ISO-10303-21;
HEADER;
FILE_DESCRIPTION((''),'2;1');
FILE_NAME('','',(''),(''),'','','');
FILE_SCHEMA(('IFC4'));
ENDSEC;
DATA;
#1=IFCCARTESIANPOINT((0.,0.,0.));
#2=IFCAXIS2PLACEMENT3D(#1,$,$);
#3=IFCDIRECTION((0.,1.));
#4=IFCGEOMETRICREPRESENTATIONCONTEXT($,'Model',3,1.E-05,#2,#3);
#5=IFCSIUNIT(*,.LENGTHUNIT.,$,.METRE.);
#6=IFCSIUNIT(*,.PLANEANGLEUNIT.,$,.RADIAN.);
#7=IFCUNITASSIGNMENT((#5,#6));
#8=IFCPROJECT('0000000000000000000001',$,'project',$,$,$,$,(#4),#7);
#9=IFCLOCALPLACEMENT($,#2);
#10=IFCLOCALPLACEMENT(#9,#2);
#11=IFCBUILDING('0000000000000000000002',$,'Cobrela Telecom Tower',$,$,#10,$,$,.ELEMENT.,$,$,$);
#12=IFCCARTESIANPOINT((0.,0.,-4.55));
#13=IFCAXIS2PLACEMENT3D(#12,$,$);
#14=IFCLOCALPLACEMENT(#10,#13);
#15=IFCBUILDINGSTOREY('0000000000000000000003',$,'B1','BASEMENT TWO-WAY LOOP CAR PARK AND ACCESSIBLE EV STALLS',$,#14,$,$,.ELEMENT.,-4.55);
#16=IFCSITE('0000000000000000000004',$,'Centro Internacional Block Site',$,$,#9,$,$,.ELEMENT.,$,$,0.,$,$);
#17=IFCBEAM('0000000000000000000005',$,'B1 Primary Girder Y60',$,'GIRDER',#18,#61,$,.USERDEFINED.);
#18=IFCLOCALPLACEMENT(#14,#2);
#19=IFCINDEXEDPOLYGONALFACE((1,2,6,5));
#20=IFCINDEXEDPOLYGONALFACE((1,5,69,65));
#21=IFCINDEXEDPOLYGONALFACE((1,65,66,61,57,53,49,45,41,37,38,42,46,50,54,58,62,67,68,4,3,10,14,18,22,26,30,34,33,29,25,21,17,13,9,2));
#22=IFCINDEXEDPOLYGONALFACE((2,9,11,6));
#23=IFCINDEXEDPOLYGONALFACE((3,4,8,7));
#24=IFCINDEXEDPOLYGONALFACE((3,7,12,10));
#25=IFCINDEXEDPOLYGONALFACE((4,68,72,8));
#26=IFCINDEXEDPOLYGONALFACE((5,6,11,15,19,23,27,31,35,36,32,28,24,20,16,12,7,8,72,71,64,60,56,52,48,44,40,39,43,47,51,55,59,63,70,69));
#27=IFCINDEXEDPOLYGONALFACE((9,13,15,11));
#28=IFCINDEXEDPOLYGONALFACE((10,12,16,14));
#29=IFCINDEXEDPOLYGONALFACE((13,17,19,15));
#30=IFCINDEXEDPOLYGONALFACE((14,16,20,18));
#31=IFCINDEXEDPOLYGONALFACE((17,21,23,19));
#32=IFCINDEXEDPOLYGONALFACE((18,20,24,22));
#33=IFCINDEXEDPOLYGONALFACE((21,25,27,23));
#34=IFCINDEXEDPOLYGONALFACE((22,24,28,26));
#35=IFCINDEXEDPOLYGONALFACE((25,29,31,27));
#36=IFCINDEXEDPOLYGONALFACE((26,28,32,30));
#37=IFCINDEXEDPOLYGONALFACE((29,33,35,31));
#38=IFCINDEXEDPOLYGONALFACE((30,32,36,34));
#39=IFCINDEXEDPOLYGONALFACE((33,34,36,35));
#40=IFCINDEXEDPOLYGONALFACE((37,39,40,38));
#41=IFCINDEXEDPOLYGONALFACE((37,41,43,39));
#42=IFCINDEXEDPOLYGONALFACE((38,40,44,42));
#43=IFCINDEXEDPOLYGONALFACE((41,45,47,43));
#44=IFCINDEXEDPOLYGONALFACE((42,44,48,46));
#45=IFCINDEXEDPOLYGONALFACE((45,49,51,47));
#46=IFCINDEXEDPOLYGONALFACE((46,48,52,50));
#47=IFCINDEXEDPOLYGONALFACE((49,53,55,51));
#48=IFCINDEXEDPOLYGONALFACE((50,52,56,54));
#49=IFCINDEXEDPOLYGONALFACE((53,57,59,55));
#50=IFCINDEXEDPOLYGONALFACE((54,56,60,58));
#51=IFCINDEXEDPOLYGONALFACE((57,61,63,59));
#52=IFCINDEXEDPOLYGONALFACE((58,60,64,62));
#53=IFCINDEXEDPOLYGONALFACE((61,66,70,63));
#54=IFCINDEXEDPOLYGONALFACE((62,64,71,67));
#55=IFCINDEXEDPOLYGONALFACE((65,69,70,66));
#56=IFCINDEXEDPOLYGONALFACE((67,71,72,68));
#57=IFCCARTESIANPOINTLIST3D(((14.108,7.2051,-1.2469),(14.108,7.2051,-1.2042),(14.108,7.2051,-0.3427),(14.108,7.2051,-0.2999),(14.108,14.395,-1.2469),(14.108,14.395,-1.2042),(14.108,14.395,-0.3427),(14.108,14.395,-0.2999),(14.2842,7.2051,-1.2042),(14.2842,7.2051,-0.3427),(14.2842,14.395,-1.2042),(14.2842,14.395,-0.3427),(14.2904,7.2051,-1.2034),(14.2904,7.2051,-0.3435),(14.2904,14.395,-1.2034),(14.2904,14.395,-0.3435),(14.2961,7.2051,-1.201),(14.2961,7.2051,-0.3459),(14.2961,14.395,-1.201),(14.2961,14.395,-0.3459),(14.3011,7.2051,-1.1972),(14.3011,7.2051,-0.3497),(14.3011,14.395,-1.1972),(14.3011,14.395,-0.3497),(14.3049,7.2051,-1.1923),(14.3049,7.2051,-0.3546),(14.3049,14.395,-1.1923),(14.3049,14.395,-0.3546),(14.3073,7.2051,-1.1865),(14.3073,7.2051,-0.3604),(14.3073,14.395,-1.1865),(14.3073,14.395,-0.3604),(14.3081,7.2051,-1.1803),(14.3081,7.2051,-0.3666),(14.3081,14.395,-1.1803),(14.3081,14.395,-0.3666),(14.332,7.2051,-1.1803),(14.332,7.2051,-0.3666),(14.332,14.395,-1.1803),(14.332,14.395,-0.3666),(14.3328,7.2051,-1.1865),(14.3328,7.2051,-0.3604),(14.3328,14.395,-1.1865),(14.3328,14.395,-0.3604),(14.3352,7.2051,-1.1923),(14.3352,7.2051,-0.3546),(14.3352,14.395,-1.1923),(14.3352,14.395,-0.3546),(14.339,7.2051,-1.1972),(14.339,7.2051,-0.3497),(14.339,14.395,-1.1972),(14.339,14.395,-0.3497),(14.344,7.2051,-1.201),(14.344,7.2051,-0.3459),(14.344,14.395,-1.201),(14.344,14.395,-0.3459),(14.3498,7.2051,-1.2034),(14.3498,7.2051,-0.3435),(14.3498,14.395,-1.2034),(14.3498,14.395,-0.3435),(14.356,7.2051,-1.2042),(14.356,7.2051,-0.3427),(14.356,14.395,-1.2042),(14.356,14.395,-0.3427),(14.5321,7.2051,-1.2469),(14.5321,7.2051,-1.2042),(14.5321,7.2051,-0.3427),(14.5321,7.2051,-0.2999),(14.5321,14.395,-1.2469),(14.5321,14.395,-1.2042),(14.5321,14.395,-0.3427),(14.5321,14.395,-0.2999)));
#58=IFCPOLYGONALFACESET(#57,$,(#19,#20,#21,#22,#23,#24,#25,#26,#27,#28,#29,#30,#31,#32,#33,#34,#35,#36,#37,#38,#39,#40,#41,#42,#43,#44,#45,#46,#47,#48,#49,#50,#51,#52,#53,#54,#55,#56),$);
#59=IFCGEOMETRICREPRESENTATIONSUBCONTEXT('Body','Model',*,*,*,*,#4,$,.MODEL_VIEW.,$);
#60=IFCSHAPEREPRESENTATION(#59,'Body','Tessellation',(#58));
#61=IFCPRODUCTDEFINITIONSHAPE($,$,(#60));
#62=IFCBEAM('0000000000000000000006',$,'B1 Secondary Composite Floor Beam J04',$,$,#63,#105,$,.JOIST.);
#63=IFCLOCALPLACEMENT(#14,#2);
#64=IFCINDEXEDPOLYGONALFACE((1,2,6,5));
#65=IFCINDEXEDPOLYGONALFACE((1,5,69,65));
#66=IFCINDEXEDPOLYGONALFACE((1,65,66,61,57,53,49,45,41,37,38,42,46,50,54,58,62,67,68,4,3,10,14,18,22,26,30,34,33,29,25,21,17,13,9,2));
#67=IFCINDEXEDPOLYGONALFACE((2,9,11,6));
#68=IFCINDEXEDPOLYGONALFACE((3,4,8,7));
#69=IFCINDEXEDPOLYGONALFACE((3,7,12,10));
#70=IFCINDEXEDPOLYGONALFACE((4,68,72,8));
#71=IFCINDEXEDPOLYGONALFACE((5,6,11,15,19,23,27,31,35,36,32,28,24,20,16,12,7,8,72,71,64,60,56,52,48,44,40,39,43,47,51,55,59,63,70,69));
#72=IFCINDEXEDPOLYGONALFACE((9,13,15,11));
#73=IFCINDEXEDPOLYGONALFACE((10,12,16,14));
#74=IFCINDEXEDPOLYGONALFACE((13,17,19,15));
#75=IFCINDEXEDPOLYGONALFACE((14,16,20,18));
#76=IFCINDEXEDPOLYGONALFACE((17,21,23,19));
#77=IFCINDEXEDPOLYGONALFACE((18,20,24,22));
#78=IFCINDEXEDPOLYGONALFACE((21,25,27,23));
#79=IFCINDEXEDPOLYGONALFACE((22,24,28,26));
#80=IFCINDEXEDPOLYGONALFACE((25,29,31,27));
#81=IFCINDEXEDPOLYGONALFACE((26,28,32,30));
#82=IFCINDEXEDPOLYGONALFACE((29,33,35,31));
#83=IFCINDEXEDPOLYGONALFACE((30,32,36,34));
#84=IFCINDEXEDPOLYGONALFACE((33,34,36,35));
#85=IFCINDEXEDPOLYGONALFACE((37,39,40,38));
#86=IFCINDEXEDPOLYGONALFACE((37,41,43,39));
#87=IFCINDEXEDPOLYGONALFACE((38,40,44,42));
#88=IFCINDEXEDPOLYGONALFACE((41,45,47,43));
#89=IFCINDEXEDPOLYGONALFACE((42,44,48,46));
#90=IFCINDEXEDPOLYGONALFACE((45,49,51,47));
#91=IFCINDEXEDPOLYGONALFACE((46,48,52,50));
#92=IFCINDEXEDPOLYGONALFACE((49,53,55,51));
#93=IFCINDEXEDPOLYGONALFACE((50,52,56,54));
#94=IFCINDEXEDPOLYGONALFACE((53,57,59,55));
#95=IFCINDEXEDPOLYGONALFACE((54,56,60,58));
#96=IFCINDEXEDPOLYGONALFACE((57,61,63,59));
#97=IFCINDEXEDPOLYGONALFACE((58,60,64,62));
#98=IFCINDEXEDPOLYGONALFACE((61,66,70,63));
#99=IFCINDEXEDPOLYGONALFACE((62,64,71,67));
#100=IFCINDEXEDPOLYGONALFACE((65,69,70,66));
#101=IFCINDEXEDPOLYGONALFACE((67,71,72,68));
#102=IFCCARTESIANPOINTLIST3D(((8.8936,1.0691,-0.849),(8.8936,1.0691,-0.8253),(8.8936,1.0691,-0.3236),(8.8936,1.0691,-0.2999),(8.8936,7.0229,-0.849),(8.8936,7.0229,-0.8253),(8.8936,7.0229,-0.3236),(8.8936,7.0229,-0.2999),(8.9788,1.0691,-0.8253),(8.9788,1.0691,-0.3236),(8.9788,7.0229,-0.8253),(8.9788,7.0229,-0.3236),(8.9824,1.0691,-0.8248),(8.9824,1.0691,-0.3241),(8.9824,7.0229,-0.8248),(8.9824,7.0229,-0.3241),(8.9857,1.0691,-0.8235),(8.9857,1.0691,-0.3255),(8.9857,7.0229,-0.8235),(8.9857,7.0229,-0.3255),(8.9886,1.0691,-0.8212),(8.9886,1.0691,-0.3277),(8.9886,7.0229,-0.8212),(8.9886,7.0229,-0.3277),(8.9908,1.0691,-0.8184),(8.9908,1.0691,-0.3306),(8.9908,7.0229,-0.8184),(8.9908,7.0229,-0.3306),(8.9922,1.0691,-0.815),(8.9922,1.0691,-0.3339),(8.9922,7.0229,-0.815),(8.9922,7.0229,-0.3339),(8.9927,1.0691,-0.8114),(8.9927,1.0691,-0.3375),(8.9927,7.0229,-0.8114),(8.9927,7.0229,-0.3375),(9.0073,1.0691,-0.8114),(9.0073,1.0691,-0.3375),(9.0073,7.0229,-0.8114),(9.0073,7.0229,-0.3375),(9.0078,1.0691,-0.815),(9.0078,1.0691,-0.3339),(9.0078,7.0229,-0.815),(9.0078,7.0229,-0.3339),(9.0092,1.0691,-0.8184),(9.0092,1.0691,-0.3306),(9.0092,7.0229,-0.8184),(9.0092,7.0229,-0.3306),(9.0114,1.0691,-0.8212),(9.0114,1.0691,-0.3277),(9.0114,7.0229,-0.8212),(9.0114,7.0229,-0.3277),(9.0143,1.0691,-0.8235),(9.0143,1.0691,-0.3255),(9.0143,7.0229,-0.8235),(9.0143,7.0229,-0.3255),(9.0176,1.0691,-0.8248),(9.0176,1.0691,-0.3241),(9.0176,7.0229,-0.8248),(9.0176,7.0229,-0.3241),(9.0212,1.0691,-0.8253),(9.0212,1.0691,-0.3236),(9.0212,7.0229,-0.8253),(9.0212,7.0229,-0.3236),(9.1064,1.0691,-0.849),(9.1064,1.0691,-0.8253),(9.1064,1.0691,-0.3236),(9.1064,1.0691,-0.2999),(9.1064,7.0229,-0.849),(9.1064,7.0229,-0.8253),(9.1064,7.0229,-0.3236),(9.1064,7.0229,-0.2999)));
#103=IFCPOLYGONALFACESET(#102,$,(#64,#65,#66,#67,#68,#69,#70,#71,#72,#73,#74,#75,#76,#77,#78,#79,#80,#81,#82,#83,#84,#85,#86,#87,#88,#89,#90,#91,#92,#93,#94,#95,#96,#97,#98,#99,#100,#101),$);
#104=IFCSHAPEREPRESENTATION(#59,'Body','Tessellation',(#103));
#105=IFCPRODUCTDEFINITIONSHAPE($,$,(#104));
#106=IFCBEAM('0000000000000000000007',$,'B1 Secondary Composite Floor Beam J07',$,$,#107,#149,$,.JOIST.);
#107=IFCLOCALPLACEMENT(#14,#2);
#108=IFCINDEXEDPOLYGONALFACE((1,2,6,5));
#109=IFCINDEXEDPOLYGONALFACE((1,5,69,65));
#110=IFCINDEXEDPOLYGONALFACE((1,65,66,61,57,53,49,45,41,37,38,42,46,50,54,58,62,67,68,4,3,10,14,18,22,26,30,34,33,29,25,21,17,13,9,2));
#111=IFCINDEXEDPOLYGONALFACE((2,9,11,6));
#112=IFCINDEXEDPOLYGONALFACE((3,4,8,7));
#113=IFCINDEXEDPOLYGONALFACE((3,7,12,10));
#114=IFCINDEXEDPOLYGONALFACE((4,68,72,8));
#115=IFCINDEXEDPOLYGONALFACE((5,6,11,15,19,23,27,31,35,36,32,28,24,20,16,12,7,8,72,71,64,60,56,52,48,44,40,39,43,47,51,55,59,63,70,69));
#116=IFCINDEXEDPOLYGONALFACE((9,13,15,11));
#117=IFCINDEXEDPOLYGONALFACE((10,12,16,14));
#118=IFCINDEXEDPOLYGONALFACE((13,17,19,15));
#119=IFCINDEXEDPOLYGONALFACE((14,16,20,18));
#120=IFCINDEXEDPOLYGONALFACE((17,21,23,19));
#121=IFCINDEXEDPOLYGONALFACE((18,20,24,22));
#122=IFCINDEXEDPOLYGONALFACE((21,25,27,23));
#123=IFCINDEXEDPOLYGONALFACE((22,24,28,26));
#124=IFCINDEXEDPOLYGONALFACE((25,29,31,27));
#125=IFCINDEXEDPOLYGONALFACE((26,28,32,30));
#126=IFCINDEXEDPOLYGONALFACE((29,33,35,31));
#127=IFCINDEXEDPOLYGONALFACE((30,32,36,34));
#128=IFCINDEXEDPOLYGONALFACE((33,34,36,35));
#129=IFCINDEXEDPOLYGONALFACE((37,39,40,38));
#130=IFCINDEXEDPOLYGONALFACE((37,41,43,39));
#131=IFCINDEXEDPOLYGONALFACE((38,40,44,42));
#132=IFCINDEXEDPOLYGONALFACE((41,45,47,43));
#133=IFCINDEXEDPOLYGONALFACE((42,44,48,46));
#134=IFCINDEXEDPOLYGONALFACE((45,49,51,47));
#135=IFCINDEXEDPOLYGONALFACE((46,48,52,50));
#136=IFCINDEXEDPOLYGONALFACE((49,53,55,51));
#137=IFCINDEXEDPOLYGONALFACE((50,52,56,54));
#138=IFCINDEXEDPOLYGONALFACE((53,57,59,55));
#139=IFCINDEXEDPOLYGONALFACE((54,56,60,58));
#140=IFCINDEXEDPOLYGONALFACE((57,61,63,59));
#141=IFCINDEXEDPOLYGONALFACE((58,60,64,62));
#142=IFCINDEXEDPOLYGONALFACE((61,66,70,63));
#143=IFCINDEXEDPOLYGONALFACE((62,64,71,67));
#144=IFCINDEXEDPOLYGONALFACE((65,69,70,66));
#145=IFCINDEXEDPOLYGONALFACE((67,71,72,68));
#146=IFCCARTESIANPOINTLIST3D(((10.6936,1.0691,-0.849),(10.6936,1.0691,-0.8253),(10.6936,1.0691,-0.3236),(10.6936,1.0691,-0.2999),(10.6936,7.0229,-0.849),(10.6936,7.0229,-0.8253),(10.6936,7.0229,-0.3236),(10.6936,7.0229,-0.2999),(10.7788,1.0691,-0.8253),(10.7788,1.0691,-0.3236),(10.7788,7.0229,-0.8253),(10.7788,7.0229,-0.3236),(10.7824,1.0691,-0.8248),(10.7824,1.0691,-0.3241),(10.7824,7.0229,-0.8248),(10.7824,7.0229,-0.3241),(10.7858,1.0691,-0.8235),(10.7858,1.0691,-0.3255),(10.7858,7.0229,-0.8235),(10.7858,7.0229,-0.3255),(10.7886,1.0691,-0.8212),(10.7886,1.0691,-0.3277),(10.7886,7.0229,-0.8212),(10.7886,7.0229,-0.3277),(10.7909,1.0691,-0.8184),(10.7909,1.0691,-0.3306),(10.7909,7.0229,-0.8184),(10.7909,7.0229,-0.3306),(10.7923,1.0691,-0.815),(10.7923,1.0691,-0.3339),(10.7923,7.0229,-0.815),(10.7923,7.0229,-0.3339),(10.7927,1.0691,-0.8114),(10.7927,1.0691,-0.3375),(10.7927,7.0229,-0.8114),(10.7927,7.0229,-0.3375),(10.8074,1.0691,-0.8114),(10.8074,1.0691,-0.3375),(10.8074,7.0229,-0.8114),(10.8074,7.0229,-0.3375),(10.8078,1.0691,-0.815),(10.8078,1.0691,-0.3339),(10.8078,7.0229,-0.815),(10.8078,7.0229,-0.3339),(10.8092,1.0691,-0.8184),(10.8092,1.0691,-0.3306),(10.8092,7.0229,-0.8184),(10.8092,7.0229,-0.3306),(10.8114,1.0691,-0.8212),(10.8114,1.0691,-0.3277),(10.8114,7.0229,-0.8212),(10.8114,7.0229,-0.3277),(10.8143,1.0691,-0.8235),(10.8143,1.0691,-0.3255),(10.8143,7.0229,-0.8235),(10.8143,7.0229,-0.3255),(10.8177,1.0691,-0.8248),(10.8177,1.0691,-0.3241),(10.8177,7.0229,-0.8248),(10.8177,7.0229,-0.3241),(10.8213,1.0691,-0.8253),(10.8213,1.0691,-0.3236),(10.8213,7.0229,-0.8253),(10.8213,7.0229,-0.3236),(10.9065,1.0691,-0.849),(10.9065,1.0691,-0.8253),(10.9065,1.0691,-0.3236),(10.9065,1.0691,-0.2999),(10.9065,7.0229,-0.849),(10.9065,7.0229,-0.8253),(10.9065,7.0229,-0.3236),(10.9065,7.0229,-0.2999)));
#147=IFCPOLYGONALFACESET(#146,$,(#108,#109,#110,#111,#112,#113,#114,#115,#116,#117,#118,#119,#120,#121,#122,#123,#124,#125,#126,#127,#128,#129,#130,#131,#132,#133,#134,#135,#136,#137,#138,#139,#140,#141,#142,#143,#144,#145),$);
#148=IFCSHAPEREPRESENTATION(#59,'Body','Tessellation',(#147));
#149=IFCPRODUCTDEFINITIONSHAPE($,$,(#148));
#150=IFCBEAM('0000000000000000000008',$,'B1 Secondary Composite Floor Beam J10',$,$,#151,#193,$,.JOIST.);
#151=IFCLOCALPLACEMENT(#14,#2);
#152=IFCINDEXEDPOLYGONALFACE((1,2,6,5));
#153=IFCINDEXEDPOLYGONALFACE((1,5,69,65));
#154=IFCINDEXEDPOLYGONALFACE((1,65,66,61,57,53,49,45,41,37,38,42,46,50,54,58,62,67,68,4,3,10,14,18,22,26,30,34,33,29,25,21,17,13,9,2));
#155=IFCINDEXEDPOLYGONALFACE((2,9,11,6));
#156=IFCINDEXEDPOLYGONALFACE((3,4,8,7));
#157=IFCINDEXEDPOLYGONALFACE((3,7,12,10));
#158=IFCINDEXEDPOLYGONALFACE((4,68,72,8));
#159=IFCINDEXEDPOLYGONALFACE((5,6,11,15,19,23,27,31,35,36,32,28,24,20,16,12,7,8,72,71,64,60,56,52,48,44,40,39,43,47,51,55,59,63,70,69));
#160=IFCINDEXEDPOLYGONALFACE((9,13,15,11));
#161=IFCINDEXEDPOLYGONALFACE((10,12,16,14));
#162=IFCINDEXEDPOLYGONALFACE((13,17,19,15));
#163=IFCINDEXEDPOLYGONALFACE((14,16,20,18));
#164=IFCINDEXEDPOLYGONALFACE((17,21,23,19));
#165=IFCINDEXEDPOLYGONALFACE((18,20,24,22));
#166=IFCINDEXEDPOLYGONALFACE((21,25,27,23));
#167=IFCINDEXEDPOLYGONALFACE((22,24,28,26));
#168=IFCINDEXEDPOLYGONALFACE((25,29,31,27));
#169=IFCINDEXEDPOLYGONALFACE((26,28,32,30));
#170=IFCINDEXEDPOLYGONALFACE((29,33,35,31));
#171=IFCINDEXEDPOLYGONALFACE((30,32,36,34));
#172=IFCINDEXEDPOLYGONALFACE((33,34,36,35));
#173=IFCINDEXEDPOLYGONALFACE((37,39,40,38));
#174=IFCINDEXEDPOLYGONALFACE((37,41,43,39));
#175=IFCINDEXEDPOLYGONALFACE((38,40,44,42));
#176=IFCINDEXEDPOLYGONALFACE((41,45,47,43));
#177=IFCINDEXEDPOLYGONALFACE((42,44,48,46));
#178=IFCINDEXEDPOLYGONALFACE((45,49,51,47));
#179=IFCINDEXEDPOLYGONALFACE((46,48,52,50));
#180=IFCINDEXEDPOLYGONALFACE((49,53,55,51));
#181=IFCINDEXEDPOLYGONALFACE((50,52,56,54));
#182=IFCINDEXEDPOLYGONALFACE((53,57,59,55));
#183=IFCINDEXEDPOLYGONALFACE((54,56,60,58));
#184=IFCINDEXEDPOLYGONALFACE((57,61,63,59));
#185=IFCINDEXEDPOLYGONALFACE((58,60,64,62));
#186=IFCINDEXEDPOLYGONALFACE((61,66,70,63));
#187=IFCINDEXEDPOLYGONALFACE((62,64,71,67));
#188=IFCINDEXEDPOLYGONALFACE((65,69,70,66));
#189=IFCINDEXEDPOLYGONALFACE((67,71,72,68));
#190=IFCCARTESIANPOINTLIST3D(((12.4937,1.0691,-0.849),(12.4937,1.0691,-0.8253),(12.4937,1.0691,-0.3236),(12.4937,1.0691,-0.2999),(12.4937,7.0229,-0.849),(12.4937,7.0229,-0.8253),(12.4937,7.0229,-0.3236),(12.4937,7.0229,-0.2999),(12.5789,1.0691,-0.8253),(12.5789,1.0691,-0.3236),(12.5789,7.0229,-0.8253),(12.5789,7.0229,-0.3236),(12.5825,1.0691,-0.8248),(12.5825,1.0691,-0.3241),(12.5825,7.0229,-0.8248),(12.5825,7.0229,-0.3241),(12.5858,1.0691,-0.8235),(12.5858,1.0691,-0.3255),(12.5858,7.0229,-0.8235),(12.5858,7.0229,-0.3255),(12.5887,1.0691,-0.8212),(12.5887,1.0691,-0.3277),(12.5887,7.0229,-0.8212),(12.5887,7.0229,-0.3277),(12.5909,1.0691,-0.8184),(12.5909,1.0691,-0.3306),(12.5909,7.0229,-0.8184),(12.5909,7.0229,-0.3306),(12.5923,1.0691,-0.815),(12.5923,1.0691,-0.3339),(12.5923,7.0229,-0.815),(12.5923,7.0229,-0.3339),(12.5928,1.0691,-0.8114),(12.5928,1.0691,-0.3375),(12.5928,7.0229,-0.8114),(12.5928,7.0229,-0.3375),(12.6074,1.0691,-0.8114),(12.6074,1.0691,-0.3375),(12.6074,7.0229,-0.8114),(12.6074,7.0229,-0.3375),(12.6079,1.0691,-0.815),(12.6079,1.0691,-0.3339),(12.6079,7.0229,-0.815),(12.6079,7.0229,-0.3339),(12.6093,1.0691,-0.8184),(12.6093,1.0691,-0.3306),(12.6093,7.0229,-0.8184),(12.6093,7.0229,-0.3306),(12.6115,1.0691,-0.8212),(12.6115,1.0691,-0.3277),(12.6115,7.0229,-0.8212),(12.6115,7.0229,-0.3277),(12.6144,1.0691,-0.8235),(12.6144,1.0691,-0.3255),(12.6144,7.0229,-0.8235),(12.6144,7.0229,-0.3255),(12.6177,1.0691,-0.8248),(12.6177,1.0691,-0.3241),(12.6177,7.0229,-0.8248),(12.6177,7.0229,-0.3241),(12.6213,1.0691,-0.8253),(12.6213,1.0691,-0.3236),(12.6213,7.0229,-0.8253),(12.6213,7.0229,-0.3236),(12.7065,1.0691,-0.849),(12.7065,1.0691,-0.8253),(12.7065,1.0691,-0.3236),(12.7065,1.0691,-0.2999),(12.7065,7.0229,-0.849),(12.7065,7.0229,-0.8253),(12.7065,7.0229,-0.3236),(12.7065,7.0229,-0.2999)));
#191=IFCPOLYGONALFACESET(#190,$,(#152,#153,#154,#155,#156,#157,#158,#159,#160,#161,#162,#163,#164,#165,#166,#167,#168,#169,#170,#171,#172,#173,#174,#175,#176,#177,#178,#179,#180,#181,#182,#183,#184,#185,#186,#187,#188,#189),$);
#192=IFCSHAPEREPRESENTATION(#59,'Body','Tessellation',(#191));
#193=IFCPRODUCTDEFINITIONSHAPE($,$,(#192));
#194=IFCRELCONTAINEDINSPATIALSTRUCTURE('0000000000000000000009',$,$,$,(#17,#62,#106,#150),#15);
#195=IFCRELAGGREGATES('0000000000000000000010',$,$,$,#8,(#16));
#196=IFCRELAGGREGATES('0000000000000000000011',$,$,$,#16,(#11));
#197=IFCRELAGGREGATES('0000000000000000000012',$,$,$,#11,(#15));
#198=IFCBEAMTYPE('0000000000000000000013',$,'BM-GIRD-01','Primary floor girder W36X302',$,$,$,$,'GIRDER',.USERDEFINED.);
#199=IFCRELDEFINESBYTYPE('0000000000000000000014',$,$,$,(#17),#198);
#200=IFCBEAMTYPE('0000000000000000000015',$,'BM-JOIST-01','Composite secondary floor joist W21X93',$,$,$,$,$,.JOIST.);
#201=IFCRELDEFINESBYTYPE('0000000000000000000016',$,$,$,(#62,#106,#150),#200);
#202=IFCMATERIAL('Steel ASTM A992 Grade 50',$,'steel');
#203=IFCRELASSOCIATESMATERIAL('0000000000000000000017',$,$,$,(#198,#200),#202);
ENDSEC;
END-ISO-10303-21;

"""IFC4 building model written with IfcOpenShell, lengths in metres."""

from ifc_helpers import new_model, si_unit, direction, frame, origin, origin_2d, place, context, subcontext, project, spatial, i_section, extrude, material, material_profile, profile_set, type_object, element, save


model = new_model("IFC4")

# Units and contexts
model_context = context("Model", 3, precision=1e-05, world=origin(), true_north=direction((0.0, 1.0)))
body_context = subcontext(model_context, "Body", "Model", "MODEL_VIEW")
ifc_project = project(units=[si_unit("LENGTHUNIT", "METRE"), si_unit("PLANEANGLEUNIT", "RADIAN")], contexts=[model_context])

# Site, building, storey
site_placement = place(None, origin())
site = spatial("IfcSite", under=ifc_project, at=site_placement, Name="Centro Internacional Block Site", CompositionType="ELEMENT", RefElevation=0.0)
building_placement = place(site_placement, origin())
building = spatial("IfcBuilding", under=site, at=building_placement, Name="Cobrela Telecom Tower", CompositionType="ELEMENT")
storey_placement = place(building_placement, frame((0.0, 0.0, -4.55)))
storey = spatial("IfcBuildingStorey", under=building, at=storey_placement, Name="B1", Description="BASEMENT TWO-WAY LOOP CAR PARK AND ACCESSIBLE EV STALLS", CompositionType="ELEMENT", Elevation=-4.55)

# Beams
ifc_material_1 = material(Name="Steel ASTM A992 Grade 50", Category="steel")
ifc_material_profile_1 = material_profile(ifc_material_1, i_section(OverallWidth=0.4241, OverallDepth=0.947, WebThickness=0.0239, FlangeThickness=0.0427, FilletRadius=0.0239, at=origin_2d()), Name="W36X302")
ifc_profile_set_1 = profile_set([ifc_material_profile_1], Name="Steel ASTM A992 Grade 50")
beam_type_1 = type_object("IfcBeamType", Name="BM-GIRD-01", Description="Primary floor girder W36X302", ElementType="GIRDER", PredefinedType="USERDEFINED", material=ifc_profile_set_1)
beam_1_placement = place(storey_placement, frame((14.3201, 7.2051, -0.7734), z_axis=(0.0, 1.0, 0.0), x_axis=(-1.0, 0.0, 0.0)))
element("IfcBeam", 1, at=beam_1_placement, inside=storey, type_object=beam_type_1, Name="B1 Primary Girder Y60", ObjectType="GIRDER", PredefinedType="USERDEFINED", context=body_context, shape_type="SweptSolid", body=[
    extrude(i_section(OverallWidth=0.4241, OverallDepth=0.947, WebThickness=0.0239, FlangeThickness=0.0427, FilletRadius=0.0239, at=origin_2d()), origin(), (0.0, 0.0, 1.0), 7.1899),
])
ifc_material_profile_2 = material_profile(ifc_material_1, i_section(OverallWidth=0.2129, OverallDepth=0.5491, WebThickness=0.0146, FlangeThickness=0.0237, FilletRadius=0.0139, at=origin_2d()), Name="W21X93")
ifc_profile_set_2 = profile_set([ifc_material_profile_2], Name="Steel ASTM A992 Grade 50")
beam_type_2 = type_object("IfcBeamType", Name="BM-JOIST-01", Description="Composite secondary floor joist W21X93", PredefinedType="JOIST", material=ifc_profile_set_2)
for number, where, z_axis, x_axis, name in (
    (2, (9.0, 1.0691, -0.5745), (0.0, 1.0, 0.0), (-1.0, 0.0, 0.0), "B1 Secondary Composite Floor Beam J04"),
    (3, (10.8, 1.0691, -0.5745), (0.0, 1.0, 0.0), (-1.0, 0.0, 0.0), "B1 Secondary Composite Floor Beam J07"),
    (4, (12.6001, 1.0691, -0.5745), (0.0, 1.0, 0.0), (-1.0, 0.0, 0.0), "B1 Secondary Composite Floor Beam J10"),
):
    element("IfcBeam", number, at=place(storey_placement, frame(where, z_axis=z_axis, x_axis=x_axis)), inside=storey, type_object=beam_type_2, Name=name, PredefinedType="JOIST", context=body_context, shape_type="SweptSolid", body=[
        extrude(i_section(OverallWidth=0.2129, OverallDepth=0.5491, WebThickness=0.0146, FlangeThickness=0.0237, FilletRadius=0.0139, at=origin_2d()), origin(), (0.0, 0.0, 1.0), 5.9539),
    ])

save(model, "model.ifc")
